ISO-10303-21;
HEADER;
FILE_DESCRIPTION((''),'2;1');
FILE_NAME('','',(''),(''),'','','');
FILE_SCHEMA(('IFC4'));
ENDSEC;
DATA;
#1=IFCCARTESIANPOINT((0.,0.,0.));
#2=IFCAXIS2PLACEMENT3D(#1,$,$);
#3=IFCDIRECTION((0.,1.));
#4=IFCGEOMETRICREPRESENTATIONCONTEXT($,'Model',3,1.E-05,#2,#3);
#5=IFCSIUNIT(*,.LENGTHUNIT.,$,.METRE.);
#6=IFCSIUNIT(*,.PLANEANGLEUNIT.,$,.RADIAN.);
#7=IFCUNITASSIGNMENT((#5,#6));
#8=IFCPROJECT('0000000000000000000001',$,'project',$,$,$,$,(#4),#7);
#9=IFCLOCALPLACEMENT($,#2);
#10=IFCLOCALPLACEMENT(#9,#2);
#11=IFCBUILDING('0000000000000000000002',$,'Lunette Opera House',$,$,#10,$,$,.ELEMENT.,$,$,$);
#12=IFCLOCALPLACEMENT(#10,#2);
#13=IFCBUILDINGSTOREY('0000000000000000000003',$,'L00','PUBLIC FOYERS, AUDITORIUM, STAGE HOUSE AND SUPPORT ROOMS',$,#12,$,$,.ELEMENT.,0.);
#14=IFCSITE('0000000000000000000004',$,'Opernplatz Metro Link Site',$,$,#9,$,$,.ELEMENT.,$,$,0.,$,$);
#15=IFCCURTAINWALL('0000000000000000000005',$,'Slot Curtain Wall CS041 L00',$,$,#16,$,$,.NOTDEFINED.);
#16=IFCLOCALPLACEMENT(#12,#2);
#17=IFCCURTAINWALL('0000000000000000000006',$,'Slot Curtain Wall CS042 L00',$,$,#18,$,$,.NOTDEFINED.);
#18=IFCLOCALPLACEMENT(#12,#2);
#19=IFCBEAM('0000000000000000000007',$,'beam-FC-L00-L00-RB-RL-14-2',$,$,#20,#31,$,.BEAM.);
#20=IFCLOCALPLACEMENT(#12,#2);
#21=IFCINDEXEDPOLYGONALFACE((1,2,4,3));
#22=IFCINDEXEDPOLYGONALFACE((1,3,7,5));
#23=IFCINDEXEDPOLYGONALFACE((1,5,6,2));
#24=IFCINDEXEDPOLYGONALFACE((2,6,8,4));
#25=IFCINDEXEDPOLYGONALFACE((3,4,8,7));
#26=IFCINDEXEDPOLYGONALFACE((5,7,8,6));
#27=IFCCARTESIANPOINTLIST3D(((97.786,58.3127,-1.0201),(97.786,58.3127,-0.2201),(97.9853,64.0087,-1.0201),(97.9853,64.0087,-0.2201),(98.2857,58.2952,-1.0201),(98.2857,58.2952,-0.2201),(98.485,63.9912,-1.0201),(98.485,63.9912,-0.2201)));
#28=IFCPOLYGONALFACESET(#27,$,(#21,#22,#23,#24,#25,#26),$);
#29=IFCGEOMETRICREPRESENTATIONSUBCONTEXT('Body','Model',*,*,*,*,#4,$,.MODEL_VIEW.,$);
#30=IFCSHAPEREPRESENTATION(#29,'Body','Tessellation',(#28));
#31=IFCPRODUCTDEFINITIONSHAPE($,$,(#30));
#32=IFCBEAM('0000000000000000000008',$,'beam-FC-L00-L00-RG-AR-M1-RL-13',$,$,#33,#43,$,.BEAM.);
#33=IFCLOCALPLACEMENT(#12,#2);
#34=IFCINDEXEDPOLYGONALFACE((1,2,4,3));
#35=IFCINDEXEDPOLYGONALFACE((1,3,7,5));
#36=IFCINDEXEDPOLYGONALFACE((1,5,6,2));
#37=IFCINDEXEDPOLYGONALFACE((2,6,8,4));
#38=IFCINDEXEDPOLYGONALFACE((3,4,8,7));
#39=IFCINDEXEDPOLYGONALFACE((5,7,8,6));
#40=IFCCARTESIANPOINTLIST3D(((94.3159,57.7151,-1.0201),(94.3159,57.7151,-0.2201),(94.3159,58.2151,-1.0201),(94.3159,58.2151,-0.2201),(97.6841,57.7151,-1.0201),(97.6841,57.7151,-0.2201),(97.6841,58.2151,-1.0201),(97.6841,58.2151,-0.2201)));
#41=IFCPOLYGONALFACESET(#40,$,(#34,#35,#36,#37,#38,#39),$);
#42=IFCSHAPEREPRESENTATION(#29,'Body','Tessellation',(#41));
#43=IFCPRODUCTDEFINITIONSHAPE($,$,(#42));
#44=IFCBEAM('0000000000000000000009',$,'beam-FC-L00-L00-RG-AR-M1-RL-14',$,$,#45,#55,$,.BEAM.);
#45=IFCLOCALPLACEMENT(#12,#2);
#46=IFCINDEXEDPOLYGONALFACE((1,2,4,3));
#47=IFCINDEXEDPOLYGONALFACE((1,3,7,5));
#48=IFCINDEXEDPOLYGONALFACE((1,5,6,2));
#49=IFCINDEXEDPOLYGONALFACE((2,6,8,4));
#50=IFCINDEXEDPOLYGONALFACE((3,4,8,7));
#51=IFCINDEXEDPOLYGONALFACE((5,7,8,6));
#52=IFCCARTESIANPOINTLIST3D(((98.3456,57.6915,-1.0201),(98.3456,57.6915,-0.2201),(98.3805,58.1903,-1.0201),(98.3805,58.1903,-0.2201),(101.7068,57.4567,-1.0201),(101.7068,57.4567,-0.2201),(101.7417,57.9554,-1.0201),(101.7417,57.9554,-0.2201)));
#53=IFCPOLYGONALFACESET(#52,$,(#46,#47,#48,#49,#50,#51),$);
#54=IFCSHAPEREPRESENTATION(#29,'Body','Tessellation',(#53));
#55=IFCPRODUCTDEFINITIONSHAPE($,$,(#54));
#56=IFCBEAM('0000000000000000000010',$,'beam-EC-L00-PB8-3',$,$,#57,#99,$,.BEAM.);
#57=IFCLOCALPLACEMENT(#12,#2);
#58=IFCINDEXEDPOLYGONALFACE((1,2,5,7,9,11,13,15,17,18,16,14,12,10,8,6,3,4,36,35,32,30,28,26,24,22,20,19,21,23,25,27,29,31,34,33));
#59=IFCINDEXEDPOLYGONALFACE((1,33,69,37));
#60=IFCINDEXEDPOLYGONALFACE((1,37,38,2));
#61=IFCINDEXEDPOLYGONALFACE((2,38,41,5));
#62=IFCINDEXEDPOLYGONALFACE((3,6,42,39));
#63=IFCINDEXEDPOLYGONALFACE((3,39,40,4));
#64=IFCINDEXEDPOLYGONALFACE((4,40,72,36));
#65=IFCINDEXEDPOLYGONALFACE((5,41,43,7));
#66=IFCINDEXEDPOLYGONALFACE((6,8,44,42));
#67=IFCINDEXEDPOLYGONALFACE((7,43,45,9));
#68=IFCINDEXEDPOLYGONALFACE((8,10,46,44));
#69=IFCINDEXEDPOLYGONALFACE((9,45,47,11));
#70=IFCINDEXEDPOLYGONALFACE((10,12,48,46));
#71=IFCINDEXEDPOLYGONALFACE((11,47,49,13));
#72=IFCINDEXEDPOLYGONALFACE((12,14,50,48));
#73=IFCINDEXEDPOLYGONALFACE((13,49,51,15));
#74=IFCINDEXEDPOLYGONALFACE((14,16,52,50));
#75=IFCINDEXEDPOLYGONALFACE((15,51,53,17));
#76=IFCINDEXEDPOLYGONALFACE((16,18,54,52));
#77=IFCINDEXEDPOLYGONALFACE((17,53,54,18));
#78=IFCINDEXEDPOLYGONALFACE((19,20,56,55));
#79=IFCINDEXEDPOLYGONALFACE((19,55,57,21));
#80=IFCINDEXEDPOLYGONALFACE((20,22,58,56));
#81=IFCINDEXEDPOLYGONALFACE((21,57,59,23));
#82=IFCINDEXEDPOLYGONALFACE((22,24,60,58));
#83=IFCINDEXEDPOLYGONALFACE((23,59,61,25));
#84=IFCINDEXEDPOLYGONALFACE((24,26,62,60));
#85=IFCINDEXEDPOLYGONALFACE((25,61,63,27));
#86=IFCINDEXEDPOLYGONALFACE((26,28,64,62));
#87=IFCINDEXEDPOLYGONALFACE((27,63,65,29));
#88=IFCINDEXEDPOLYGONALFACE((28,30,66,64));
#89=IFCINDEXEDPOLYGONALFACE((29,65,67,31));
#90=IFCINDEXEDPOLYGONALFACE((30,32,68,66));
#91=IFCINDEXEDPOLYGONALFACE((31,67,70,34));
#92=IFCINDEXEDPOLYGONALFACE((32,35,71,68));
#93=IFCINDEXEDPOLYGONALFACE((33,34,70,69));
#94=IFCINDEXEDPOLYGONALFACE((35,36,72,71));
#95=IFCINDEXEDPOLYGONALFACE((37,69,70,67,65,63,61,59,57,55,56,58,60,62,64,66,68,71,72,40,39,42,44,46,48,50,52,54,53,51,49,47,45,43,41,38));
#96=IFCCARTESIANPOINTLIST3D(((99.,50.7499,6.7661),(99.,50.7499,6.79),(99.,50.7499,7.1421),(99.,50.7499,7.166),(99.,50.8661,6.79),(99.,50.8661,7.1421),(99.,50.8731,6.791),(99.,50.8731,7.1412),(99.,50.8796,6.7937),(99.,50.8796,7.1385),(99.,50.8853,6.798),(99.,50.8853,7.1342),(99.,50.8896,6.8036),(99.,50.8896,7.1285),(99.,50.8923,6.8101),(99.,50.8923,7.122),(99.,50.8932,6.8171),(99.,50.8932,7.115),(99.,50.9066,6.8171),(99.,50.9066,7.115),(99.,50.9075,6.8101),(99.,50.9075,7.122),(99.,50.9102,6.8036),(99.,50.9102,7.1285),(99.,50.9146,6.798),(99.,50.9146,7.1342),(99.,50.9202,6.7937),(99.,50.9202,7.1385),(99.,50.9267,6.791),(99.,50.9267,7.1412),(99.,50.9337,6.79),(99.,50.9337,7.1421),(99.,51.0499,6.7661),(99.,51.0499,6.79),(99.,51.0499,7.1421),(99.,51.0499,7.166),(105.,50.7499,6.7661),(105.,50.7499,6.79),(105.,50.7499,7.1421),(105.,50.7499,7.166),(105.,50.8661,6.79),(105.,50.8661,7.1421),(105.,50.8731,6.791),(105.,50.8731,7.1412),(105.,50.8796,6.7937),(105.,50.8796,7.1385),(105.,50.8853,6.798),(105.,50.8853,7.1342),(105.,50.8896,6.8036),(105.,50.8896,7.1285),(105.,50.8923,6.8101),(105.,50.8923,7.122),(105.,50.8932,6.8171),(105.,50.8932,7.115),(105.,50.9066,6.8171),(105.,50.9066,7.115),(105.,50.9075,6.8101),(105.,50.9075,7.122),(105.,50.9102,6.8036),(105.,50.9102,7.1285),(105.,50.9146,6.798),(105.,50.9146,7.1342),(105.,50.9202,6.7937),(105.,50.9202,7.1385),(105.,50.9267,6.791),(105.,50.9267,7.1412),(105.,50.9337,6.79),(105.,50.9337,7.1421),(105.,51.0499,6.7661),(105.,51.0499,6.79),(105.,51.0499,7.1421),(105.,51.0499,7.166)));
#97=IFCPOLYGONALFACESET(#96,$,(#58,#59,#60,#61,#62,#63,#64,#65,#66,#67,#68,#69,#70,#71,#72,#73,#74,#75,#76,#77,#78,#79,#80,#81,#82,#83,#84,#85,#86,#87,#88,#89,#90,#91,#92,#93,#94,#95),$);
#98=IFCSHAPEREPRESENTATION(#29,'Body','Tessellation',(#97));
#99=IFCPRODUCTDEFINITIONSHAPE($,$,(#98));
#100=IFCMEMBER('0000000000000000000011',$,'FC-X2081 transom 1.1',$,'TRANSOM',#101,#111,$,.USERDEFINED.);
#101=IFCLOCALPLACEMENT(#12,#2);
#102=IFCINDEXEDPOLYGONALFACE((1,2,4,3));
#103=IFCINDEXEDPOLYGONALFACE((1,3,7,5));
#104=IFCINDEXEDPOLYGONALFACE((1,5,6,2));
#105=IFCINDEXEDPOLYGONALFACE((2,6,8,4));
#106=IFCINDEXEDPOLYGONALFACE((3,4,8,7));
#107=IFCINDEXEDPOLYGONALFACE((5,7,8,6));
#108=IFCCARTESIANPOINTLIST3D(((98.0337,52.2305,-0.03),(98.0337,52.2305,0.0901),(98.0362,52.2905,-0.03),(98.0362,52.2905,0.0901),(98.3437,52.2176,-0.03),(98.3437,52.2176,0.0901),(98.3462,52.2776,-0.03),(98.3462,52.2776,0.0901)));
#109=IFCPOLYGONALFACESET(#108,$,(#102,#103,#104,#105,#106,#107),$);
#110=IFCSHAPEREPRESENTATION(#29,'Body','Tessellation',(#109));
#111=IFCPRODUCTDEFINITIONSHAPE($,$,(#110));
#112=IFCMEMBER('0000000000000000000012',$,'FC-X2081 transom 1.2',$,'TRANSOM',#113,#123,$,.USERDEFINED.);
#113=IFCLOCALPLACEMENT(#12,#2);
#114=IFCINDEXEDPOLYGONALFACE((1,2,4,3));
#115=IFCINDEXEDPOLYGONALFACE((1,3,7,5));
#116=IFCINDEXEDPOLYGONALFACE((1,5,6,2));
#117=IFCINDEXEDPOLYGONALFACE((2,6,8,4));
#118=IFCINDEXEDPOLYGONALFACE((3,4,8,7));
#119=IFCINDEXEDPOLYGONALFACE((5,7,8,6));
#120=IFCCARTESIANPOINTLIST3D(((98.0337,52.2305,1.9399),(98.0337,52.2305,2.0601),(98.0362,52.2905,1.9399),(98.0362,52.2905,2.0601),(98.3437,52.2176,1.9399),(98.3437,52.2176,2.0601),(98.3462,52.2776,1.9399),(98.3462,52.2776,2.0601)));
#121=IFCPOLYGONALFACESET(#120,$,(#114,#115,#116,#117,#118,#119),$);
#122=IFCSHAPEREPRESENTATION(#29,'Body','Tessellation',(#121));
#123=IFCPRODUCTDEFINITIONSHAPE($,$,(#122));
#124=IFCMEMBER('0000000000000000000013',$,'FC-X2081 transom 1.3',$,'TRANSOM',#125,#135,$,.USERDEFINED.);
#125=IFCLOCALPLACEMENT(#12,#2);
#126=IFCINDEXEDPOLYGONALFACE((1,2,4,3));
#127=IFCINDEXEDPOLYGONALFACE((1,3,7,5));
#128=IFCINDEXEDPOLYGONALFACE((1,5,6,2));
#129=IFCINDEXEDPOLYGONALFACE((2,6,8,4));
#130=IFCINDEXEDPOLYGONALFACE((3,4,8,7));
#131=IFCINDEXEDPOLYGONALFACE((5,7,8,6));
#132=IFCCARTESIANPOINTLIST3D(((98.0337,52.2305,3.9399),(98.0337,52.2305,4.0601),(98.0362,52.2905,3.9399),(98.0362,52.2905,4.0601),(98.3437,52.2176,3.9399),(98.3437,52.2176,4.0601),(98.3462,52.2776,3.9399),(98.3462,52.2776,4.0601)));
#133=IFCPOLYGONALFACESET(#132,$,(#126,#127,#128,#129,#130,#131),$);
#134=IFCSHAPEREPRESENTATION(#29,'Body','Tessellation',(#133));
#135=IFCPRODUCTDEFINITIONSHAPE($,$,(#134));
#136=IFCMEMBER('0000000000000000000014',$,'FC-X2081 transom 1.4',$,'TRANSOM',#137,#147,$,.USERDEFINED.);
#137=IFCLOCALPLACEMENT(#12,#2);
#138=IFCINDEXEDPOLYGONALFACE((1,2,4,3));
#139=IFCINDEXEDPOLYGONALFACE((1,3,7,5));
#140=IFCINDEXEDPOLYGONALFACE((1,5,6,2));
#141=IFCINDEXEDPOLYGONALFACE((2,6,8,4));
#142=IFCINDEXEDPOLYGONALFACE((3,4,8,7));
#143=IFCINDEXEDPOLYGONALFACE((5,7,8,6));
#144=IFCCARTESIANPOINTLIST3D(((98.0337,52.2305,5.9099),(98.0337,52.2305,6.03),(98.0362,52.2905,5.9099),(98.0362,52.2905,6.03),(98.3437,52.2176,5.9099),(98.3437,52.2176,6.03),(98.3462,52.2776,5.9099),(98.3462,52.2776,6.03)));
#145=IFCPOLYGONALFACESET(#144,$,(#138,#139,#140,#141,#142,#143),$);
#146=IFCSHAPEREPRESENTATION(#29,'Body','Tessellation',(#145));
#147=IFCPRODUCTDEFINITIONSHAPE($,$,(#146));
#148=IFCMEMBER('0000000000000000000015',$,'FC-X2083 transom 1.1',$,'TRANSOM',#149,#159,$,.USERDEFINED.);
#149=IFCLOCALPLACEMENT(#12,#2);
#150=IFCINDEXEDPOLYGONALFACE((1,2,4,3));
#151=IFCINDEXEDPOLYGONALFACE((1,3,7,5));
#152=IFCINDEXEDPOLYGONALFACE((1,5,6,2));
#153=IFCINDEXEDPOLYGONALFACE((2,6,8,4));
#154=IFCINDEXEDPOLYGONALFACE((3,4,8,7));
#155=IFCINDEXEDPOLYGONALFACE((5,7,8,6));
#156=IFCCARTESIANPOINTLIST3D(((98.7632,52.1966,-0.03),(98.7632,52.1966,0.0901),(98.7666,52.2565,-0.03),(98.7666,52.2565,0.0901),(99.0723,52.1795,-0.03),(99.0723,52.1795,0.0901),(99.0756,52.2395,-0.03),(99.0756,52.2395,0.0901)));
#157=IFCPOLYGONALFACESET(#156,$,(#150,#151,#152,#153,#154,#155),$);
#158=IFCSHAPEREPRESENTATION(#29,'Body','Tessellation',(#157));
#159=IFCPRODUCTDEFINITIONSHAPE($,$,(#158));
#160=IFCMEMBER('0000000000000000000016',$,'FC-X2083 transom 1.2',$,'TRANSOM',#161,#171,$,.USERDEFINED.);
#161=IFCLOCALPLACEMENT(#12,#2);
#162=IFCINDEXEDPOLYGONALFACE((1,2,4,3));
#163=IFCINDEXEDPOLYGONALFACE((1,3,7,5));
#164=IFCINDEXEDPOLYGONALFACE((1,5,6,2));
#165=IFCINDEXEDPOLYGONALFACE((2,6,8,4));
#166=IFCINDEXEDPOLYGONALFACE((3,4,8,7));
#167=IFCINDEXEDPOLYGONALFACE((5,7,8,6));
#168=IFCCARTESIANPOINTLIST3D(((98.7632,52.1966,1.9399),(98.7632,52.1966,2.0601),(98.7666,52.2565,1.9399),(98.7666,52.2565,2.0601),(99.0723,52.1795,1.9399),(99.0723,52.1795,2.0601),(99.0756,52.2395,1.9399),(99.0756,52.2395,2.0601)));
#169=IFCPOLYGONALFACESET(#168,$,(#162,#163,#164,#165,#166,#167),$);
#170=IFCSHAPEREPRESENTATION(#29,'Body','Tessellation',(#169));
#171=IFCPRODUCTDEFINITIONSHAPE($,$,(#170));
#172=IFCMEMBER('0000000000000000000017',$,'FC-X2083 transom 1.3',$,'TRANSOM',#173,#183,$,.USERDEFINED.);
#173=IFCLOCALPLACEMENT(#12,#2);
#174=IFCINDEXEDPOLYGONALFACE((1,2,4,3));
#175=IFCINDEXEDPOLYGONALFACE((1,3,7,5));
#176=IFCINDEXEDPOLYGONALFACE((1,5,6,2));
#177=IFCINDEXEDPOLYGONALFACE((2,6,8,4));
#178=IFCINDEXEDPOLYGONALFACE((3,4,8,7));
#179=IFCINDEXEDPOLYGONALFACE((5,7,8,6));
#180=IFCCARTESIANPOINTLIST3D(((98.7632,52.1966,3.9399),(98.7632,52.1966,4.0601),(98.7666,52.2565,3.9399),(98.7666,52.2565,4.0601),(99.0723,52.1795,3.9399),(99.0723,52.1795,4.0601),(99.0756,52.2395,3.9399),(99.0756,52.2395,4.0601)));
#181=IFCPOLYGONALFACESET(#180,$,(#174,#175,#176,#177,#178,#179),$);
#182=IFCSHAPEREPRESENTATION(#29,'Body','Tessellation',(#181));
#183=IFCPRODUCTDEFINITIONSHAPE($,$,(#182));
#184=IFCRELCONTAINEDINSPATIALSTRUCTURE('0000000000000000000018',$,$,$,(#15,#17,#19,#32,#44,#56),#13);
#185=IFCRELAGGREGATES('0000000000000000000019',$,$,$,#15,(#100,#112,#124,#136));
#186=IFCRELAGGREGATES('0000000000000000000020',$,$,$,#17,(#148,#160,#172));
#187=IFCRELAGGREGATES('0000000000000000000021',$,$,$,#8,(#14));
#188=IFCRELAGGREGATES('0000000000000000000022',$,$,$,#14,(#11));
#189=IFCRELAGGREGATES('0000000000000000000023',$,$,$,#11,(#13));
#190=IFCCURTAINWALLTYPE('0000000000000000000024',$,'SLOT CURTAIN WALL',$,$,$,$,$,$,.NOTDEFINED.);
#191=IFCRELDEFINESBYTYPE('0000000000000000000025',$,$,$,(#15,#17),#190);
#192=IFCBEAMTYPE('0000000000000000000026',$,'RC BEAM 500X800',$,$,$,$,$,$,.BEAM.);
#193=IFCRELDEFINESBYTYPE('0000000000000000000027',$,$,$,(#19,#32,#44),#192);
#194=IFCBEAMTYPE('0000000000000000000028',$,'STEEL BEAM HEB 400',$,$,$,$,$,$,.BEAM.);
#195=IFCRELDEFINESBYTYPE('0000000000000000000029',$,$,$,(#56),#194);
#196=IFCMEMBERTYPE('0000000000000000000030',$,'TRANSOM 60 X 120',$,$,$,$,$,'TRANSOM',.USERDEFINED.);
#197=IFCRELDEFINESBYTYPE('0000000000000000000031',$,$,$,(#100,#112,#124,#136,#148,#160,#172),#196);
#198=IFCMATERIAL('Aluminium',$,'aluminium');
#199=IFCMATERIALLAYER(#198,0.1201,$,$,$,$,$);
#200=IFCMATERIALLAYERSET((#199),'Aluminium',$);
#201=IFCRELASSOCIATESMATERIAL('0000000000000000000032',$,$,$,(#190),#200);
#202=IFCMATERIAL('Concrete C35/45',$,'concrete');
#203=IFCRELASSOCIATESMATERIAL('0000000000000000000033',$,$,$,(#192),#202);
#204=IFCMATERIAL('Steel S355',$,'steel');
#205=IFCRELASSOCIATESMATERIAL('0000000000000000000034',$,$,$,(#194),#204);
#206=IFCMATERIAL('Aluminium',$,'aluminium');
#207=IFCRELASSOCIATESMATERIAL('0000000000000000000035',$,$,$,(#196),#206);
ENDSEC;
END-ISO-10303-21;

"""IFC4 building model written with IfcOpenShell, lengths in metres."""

from ifc_helpers import new_model, si_unit, direction, frame, origin, origin_2d, place, context, subcontext, project, spatial, rectangle, i_section, extrude, material, layer, layer_set, material_profile, profile_set, type_object, element, aggregate, save


model = new_model("IFC4")

# Units and contexts
model_context = context("Model", 3, precision=1e-05, world=origin(), true_north=direction((0.0, 1.0)))
body_context = subcontext(model_context, "Body", "Model", "MODEL_VIEW")
ifc_project = project(units=[si_unit("LENGTHUNIT", "METRE"), si_unit("PLANEANGLEUNIT", "RADIAN")], contexts=[model_context])

# Site, building, storey
site_placement = place(None, origin())
site = spatial("IfcSite", under=ifc_project, at=site_placement, Name="Opernplatz Metro Link Site", CompositionType="ELEMENT", RefElevation=0.0)
building_placement = place(site_placement, origin())
building = spatial("IfcBuilding", under=site, at=building_placement, Name="Lunette Opera House", CompositionType="ELEMENT")
storey_placement = place(building_placement, origin())
storey = spatial("IfcBuildingStorey", under=building, at=storey_placement, Name="L00", Description="PUBLIC FOYERS, AUDITORIUM, STAGE HOUSE AND SUPPORT ROOMS", CompositionType="ELEMENT", Elevation=0.0)

# Curtain walls
ifc_material_1 = material(Name="Aluminium", Category="aluminium")
ifc_layer_1 = layer(ifc_material_1, 0.1201)
ifc_layer_set_1 = layer_set([ifc_layer_1], Name="Aluminium")
curtain_wall_type = type_object("IfcCurtainWallType", Name="SLOT CURTAIN WALL", PredefinedType="NOTDEFINED", material=ifc_layer_set_1)
curtain_wall_1_placement = place(storey_placement, origin())
curtain_wall_1 = element("IfcCurtainWall", 1, at=curtain_wall_1_placement, inside=storey, type_object=curtain_wall_type, Name="Slot Curtain Wall CS041 L00", PredefinedType="NOTDEFINED")
curtain_wall_2_placement = place(storey_placement, origin())
curtain_wall_2 = element("IfcCurtainWall", 2, at=curtain_wall_2_placement, inside=storey, type_object=curtain_wall_type, Name="Slot Curtain Wall CS042 L00", PredefinedType="NOTDEFINED")

# Beams
ifc_material_2 = material(Name="Concrete C35/45", Category="concrete")
ifc_material_profile_1 = material_profile(ifc_material_2, rectangle(XDim=0.5, YDim=0.8, at=origin_2d()), Name="RC BEAM 500X800")
ifc_profile_set_1 = profile_set([ifc_material_profile_1], Name="Concrete C35/45")
beam_type_1 = type_object("IfcBeamType", Name="RC BEAM 500X800", PredefinedType="BEAM", material=ifc_profile_set_1)
beam_1_placement = place(storey_placement, frame((98.0359, 58.304, -0.6201), z_axis=(0.034954, 0.999389, 0.0), x_axis=(-0.999389, 0.034954, 0.0)))
element("IfcBeam", 3, at=beam_1_placement, inside=storey, type_object=beam_type_1, Name="beam-FC-L00-L00-RB-RL-14-2", PredefinedType="BEAM", context=body_context, shape_type="SweptSolid", body=[
    extrude(rectangle(XDim=0.5, YDim=0.8, at=origin_2d()), origin(), (0.0, 0.0, 1.0), 5.6995),
])
beam_2_placement = place(storey_placement, frame((94.3159, 57.9651, -0.6201), z_axis=(1.0, 0.0, 0.0), x_axis=(0.0, 1.0, 0.0)))
element("IfcBeam", 4, at=beam_2_placement, inside=storey, type_object=beam_type_1, Name="beam-FC-L00-L00-RG-AR-M1-RL-13", PredefinedType="BEAM", context=body_context, shape_type="SweptSolid", body=[
    extrude(rectangle(XDim=0.5, YDim=0.8, at=origin_2d()), origin(), (0.0, 0.0, 1.0), 3.3682),
])
beam_3_placement = place(storey_placement, frame((98.363, 57.9409, -0.6201), z_axis=(0.997567, -0.069707, 0.0), x_axis=(0.069707, 0.997567, 0.0)))
element("IfcBeam", 5, at=beam_3_placement, inside=storey, type_object=beam_type_1, Name="beam-FC-L00-L00-RG-AR-M1-RL-14", PredefinedType="BEAM", context=body_context, shape_type="SweptSolid", body=[
    extrude(rectangle(XDim=0.5, YDim=0.8, at=origin_2d()), origin(), (0.0, 0.0, 1.0), 3.3694),
])
ifc_material_3 = material(Name="Steel S355", Category="steel")
ifc_material_profile_2 = material_profile(ifc_material_3, i_section(OverallWidth=0.3, OverallDepth=0.3999, WebThickness=0.0134, FlangeThickness=0.0239, FilletRadius=0.0271, at=origin_2d()), Name="HEB 400")
ifc_profile_set_2 = profile_set([ifc_material_profile_2], Name="Steel S355")
beam_type_2 = type_object("IfcBeamType", Name="STEEL BEAM HEB 400", PredefinedType="BEAM", material=ifc_profile_set_2)
beam_4_placement = place(storey_placement, frame((99.0, 50.8999, 6.9661), z_axis=(1.0, 0.0, 0.0), x_axis=(0.0, 1.0, 0.0)))
element("IfcBeam", 6, at=beam_4_placement, inside=storey, type_object=beam_type_2, Name="beam-EC-L00-PB8-3", PredefinedType="BEAM", context=body_context, shape_type="SweptSolid", body=[
    extrude(i_section(OverallWidth=0.3, OverallDepth=0.3999, WebThickness=0.0134, FlangeThickness=0.0239, FilletRadius=0.0271, at=origin_2d()), origin(), (0.0, 0.0, 1.0), 6.0),
])

# Members
ifc_material_4 = material(Name="Aluminium", Category="aluminium")
ifc_material_profile_3 = material_profile(ifc_material_4, rectangle(XDim=0.0601, YDim=0.1201, at=origin_2d()), Name="TRANSOM 60 X 120")
ifc_profile_set_3 = profile_set([ifc_material_profile_3], Name="Aluminium")
member_type_1 = type_object("IfcMemberType", Name="TRANSOM 60 X 120", ElementType="TRANSOM", PredefinedType="USERDEFINED", material=ifc_profile_set_3)
member_1_placement = place(storey_placement, frame((98.0349, 52.2605, 0.03), z_axis=(0.99913, -0.041696, 0.0), x_axis=(0.041696, 0.99913, 0.0)))
member_1 = element("IfcMember", 7, at=member_1_placement, type_object=member_type_1, Name="FC-X2081 transom 1.1", ObjectType="TRANSOM", PredefinedType="USERDEFINED", context=body_context, shape_type="SweptSolid", body=[
    extrude(rectangle(XDim=0.0601, YDim=0.1201, at=origin_2d()), origin(), (0.0, 0.0, 1.0), 0.3103),
])
member_2_placement = place(storey_placement, frame((98.0349, 52.2605, 2.0), z_axis=(0.99913, -0.041696, 0.0), x_axis=(0.041696, 0.99913, 0.0)))
member_2 = element("IfcMember", 8, at=member_2_placement, type_object=member_type_1, Name="FC-X2081 transom 1.2", ObjectType="TRANSOM", PredefinedType="USERDEFINED", context=body_context, shape_type="SweptSolid", body=[
    extrude(rectangle(XDim=0.0601, YDim=0.1201, at=origin_2d()), origin(), (0.0, 0.0, 1.0), 0.3103),
])
member_3_placement = place(storey_placement, frame((98.0349, 52.2605, 4.0), z_axis=(0.99913, -0.041696, 0.0), x_axis=(0.041696, 0.99913, 0.0)))
member_3 = element("IfcMember", 9, at=member_3_placement, type_object=member_type_1, Name="FC-X2081 transom 1.3", ObjectType="TRANSOM", PredefinedType="USERDEFINED", context=body_context, shape_type="SweptSolid", body=[
    extrude(rectangle(XDim=0.0601, YDim=0.1201, at=origin_2d()), origin(), (0.0, 0.0, 1.0), 0.3103),
])
member_4_placement = place(storey_placement, frame((98.0349, 52.2605, 5.97), z_axis=(0.99913, -0.041696, 0.0), x_axis=(0.041696, 0.99913, 0.0)))
member_4 = element("IfcMember", 10, at=member_4_placement, type_object=member_type_1, Name="FC-X2081 transom 1.4", ObjectType="TRANSOM", PredefinedType="USERDEFINED", context=body_context, shape_type="SweptSolid", body=[
    extrude(rectangle(XDim=0.0601, YDim=0.1201, at=origin_2d()), origin(), (0.0, 0.0, 1.0), 0.3103),
])
member_5_placement = place(storey_placement, frame((98.7649, 52.2266, 0.03), z_axis=(0.998475, -0.055208, 0.0), x_axis=(0.055208, 0.998475, 0.0)))
member_5 = element("IfcMember", 11, at=member_5_placement, type_object=member_type_1, Name="FC-X2083 transom 1.1", ObjectType="TRANSOM", PredefinedType="USERDEFINED", context=body_context, shape_type="SweptSolid", body=[
    extrude(rectangle(XDim=0.0601, YDim=0.1201, at=origin_2d()), origin(), (0.0, 0.0, 1.0), 0.3096),
])
member_6_placement = place(storey_placement, frame((98.7649, 52.2266, 2.0), z_axis=(0.998475, -0.055208, 0.0), x_axis=(0.055208, 0.998475, 0.0)))
member_6 = element("IfcMember", 12, at=member_6_placement, type_object=member_type_1, Name="FC-X2083 transom 1.2", ObjectType="TRANSOM", PredefinedType="USERDEFINED", context=body_context, shape_type="SweptSolid", body=[
    extrude(rectangle(XDim=0.0601, YDim=0.1201, at=origin_2d()), origin(), (0.0, 0.0, 1.0), 0.3096),
])
member_7_placement = place(storey_placement, frame((98.7649, 52.2266, 4.0), z_axis=(0.998475, -0.055208, 0.0), x_axis=(0.055208, 0.998475, 0.0)))
member_7 = element("IfcMember", 13, at=member_7_placement, type_object=member_type_1, Name="FC-X2083 transom 1.3", ObjectType="TRANSOM", PredefinedType="USERDEFINED", context=body_context, shape_type="SweptSolid", body=[
    extrude(rectangle(XDim=0.0601, YDim=0.1201, at=origin_2d()), origin(), (0.0, 0.0, 1.0), 0.3096),
])

aggregate(curtain_wall_1, [member_1, member_2, member_3, member_4])
aggregate(curtain_wall_2, [member_5, member_6, member_7])

save(model, "model.ifc")
